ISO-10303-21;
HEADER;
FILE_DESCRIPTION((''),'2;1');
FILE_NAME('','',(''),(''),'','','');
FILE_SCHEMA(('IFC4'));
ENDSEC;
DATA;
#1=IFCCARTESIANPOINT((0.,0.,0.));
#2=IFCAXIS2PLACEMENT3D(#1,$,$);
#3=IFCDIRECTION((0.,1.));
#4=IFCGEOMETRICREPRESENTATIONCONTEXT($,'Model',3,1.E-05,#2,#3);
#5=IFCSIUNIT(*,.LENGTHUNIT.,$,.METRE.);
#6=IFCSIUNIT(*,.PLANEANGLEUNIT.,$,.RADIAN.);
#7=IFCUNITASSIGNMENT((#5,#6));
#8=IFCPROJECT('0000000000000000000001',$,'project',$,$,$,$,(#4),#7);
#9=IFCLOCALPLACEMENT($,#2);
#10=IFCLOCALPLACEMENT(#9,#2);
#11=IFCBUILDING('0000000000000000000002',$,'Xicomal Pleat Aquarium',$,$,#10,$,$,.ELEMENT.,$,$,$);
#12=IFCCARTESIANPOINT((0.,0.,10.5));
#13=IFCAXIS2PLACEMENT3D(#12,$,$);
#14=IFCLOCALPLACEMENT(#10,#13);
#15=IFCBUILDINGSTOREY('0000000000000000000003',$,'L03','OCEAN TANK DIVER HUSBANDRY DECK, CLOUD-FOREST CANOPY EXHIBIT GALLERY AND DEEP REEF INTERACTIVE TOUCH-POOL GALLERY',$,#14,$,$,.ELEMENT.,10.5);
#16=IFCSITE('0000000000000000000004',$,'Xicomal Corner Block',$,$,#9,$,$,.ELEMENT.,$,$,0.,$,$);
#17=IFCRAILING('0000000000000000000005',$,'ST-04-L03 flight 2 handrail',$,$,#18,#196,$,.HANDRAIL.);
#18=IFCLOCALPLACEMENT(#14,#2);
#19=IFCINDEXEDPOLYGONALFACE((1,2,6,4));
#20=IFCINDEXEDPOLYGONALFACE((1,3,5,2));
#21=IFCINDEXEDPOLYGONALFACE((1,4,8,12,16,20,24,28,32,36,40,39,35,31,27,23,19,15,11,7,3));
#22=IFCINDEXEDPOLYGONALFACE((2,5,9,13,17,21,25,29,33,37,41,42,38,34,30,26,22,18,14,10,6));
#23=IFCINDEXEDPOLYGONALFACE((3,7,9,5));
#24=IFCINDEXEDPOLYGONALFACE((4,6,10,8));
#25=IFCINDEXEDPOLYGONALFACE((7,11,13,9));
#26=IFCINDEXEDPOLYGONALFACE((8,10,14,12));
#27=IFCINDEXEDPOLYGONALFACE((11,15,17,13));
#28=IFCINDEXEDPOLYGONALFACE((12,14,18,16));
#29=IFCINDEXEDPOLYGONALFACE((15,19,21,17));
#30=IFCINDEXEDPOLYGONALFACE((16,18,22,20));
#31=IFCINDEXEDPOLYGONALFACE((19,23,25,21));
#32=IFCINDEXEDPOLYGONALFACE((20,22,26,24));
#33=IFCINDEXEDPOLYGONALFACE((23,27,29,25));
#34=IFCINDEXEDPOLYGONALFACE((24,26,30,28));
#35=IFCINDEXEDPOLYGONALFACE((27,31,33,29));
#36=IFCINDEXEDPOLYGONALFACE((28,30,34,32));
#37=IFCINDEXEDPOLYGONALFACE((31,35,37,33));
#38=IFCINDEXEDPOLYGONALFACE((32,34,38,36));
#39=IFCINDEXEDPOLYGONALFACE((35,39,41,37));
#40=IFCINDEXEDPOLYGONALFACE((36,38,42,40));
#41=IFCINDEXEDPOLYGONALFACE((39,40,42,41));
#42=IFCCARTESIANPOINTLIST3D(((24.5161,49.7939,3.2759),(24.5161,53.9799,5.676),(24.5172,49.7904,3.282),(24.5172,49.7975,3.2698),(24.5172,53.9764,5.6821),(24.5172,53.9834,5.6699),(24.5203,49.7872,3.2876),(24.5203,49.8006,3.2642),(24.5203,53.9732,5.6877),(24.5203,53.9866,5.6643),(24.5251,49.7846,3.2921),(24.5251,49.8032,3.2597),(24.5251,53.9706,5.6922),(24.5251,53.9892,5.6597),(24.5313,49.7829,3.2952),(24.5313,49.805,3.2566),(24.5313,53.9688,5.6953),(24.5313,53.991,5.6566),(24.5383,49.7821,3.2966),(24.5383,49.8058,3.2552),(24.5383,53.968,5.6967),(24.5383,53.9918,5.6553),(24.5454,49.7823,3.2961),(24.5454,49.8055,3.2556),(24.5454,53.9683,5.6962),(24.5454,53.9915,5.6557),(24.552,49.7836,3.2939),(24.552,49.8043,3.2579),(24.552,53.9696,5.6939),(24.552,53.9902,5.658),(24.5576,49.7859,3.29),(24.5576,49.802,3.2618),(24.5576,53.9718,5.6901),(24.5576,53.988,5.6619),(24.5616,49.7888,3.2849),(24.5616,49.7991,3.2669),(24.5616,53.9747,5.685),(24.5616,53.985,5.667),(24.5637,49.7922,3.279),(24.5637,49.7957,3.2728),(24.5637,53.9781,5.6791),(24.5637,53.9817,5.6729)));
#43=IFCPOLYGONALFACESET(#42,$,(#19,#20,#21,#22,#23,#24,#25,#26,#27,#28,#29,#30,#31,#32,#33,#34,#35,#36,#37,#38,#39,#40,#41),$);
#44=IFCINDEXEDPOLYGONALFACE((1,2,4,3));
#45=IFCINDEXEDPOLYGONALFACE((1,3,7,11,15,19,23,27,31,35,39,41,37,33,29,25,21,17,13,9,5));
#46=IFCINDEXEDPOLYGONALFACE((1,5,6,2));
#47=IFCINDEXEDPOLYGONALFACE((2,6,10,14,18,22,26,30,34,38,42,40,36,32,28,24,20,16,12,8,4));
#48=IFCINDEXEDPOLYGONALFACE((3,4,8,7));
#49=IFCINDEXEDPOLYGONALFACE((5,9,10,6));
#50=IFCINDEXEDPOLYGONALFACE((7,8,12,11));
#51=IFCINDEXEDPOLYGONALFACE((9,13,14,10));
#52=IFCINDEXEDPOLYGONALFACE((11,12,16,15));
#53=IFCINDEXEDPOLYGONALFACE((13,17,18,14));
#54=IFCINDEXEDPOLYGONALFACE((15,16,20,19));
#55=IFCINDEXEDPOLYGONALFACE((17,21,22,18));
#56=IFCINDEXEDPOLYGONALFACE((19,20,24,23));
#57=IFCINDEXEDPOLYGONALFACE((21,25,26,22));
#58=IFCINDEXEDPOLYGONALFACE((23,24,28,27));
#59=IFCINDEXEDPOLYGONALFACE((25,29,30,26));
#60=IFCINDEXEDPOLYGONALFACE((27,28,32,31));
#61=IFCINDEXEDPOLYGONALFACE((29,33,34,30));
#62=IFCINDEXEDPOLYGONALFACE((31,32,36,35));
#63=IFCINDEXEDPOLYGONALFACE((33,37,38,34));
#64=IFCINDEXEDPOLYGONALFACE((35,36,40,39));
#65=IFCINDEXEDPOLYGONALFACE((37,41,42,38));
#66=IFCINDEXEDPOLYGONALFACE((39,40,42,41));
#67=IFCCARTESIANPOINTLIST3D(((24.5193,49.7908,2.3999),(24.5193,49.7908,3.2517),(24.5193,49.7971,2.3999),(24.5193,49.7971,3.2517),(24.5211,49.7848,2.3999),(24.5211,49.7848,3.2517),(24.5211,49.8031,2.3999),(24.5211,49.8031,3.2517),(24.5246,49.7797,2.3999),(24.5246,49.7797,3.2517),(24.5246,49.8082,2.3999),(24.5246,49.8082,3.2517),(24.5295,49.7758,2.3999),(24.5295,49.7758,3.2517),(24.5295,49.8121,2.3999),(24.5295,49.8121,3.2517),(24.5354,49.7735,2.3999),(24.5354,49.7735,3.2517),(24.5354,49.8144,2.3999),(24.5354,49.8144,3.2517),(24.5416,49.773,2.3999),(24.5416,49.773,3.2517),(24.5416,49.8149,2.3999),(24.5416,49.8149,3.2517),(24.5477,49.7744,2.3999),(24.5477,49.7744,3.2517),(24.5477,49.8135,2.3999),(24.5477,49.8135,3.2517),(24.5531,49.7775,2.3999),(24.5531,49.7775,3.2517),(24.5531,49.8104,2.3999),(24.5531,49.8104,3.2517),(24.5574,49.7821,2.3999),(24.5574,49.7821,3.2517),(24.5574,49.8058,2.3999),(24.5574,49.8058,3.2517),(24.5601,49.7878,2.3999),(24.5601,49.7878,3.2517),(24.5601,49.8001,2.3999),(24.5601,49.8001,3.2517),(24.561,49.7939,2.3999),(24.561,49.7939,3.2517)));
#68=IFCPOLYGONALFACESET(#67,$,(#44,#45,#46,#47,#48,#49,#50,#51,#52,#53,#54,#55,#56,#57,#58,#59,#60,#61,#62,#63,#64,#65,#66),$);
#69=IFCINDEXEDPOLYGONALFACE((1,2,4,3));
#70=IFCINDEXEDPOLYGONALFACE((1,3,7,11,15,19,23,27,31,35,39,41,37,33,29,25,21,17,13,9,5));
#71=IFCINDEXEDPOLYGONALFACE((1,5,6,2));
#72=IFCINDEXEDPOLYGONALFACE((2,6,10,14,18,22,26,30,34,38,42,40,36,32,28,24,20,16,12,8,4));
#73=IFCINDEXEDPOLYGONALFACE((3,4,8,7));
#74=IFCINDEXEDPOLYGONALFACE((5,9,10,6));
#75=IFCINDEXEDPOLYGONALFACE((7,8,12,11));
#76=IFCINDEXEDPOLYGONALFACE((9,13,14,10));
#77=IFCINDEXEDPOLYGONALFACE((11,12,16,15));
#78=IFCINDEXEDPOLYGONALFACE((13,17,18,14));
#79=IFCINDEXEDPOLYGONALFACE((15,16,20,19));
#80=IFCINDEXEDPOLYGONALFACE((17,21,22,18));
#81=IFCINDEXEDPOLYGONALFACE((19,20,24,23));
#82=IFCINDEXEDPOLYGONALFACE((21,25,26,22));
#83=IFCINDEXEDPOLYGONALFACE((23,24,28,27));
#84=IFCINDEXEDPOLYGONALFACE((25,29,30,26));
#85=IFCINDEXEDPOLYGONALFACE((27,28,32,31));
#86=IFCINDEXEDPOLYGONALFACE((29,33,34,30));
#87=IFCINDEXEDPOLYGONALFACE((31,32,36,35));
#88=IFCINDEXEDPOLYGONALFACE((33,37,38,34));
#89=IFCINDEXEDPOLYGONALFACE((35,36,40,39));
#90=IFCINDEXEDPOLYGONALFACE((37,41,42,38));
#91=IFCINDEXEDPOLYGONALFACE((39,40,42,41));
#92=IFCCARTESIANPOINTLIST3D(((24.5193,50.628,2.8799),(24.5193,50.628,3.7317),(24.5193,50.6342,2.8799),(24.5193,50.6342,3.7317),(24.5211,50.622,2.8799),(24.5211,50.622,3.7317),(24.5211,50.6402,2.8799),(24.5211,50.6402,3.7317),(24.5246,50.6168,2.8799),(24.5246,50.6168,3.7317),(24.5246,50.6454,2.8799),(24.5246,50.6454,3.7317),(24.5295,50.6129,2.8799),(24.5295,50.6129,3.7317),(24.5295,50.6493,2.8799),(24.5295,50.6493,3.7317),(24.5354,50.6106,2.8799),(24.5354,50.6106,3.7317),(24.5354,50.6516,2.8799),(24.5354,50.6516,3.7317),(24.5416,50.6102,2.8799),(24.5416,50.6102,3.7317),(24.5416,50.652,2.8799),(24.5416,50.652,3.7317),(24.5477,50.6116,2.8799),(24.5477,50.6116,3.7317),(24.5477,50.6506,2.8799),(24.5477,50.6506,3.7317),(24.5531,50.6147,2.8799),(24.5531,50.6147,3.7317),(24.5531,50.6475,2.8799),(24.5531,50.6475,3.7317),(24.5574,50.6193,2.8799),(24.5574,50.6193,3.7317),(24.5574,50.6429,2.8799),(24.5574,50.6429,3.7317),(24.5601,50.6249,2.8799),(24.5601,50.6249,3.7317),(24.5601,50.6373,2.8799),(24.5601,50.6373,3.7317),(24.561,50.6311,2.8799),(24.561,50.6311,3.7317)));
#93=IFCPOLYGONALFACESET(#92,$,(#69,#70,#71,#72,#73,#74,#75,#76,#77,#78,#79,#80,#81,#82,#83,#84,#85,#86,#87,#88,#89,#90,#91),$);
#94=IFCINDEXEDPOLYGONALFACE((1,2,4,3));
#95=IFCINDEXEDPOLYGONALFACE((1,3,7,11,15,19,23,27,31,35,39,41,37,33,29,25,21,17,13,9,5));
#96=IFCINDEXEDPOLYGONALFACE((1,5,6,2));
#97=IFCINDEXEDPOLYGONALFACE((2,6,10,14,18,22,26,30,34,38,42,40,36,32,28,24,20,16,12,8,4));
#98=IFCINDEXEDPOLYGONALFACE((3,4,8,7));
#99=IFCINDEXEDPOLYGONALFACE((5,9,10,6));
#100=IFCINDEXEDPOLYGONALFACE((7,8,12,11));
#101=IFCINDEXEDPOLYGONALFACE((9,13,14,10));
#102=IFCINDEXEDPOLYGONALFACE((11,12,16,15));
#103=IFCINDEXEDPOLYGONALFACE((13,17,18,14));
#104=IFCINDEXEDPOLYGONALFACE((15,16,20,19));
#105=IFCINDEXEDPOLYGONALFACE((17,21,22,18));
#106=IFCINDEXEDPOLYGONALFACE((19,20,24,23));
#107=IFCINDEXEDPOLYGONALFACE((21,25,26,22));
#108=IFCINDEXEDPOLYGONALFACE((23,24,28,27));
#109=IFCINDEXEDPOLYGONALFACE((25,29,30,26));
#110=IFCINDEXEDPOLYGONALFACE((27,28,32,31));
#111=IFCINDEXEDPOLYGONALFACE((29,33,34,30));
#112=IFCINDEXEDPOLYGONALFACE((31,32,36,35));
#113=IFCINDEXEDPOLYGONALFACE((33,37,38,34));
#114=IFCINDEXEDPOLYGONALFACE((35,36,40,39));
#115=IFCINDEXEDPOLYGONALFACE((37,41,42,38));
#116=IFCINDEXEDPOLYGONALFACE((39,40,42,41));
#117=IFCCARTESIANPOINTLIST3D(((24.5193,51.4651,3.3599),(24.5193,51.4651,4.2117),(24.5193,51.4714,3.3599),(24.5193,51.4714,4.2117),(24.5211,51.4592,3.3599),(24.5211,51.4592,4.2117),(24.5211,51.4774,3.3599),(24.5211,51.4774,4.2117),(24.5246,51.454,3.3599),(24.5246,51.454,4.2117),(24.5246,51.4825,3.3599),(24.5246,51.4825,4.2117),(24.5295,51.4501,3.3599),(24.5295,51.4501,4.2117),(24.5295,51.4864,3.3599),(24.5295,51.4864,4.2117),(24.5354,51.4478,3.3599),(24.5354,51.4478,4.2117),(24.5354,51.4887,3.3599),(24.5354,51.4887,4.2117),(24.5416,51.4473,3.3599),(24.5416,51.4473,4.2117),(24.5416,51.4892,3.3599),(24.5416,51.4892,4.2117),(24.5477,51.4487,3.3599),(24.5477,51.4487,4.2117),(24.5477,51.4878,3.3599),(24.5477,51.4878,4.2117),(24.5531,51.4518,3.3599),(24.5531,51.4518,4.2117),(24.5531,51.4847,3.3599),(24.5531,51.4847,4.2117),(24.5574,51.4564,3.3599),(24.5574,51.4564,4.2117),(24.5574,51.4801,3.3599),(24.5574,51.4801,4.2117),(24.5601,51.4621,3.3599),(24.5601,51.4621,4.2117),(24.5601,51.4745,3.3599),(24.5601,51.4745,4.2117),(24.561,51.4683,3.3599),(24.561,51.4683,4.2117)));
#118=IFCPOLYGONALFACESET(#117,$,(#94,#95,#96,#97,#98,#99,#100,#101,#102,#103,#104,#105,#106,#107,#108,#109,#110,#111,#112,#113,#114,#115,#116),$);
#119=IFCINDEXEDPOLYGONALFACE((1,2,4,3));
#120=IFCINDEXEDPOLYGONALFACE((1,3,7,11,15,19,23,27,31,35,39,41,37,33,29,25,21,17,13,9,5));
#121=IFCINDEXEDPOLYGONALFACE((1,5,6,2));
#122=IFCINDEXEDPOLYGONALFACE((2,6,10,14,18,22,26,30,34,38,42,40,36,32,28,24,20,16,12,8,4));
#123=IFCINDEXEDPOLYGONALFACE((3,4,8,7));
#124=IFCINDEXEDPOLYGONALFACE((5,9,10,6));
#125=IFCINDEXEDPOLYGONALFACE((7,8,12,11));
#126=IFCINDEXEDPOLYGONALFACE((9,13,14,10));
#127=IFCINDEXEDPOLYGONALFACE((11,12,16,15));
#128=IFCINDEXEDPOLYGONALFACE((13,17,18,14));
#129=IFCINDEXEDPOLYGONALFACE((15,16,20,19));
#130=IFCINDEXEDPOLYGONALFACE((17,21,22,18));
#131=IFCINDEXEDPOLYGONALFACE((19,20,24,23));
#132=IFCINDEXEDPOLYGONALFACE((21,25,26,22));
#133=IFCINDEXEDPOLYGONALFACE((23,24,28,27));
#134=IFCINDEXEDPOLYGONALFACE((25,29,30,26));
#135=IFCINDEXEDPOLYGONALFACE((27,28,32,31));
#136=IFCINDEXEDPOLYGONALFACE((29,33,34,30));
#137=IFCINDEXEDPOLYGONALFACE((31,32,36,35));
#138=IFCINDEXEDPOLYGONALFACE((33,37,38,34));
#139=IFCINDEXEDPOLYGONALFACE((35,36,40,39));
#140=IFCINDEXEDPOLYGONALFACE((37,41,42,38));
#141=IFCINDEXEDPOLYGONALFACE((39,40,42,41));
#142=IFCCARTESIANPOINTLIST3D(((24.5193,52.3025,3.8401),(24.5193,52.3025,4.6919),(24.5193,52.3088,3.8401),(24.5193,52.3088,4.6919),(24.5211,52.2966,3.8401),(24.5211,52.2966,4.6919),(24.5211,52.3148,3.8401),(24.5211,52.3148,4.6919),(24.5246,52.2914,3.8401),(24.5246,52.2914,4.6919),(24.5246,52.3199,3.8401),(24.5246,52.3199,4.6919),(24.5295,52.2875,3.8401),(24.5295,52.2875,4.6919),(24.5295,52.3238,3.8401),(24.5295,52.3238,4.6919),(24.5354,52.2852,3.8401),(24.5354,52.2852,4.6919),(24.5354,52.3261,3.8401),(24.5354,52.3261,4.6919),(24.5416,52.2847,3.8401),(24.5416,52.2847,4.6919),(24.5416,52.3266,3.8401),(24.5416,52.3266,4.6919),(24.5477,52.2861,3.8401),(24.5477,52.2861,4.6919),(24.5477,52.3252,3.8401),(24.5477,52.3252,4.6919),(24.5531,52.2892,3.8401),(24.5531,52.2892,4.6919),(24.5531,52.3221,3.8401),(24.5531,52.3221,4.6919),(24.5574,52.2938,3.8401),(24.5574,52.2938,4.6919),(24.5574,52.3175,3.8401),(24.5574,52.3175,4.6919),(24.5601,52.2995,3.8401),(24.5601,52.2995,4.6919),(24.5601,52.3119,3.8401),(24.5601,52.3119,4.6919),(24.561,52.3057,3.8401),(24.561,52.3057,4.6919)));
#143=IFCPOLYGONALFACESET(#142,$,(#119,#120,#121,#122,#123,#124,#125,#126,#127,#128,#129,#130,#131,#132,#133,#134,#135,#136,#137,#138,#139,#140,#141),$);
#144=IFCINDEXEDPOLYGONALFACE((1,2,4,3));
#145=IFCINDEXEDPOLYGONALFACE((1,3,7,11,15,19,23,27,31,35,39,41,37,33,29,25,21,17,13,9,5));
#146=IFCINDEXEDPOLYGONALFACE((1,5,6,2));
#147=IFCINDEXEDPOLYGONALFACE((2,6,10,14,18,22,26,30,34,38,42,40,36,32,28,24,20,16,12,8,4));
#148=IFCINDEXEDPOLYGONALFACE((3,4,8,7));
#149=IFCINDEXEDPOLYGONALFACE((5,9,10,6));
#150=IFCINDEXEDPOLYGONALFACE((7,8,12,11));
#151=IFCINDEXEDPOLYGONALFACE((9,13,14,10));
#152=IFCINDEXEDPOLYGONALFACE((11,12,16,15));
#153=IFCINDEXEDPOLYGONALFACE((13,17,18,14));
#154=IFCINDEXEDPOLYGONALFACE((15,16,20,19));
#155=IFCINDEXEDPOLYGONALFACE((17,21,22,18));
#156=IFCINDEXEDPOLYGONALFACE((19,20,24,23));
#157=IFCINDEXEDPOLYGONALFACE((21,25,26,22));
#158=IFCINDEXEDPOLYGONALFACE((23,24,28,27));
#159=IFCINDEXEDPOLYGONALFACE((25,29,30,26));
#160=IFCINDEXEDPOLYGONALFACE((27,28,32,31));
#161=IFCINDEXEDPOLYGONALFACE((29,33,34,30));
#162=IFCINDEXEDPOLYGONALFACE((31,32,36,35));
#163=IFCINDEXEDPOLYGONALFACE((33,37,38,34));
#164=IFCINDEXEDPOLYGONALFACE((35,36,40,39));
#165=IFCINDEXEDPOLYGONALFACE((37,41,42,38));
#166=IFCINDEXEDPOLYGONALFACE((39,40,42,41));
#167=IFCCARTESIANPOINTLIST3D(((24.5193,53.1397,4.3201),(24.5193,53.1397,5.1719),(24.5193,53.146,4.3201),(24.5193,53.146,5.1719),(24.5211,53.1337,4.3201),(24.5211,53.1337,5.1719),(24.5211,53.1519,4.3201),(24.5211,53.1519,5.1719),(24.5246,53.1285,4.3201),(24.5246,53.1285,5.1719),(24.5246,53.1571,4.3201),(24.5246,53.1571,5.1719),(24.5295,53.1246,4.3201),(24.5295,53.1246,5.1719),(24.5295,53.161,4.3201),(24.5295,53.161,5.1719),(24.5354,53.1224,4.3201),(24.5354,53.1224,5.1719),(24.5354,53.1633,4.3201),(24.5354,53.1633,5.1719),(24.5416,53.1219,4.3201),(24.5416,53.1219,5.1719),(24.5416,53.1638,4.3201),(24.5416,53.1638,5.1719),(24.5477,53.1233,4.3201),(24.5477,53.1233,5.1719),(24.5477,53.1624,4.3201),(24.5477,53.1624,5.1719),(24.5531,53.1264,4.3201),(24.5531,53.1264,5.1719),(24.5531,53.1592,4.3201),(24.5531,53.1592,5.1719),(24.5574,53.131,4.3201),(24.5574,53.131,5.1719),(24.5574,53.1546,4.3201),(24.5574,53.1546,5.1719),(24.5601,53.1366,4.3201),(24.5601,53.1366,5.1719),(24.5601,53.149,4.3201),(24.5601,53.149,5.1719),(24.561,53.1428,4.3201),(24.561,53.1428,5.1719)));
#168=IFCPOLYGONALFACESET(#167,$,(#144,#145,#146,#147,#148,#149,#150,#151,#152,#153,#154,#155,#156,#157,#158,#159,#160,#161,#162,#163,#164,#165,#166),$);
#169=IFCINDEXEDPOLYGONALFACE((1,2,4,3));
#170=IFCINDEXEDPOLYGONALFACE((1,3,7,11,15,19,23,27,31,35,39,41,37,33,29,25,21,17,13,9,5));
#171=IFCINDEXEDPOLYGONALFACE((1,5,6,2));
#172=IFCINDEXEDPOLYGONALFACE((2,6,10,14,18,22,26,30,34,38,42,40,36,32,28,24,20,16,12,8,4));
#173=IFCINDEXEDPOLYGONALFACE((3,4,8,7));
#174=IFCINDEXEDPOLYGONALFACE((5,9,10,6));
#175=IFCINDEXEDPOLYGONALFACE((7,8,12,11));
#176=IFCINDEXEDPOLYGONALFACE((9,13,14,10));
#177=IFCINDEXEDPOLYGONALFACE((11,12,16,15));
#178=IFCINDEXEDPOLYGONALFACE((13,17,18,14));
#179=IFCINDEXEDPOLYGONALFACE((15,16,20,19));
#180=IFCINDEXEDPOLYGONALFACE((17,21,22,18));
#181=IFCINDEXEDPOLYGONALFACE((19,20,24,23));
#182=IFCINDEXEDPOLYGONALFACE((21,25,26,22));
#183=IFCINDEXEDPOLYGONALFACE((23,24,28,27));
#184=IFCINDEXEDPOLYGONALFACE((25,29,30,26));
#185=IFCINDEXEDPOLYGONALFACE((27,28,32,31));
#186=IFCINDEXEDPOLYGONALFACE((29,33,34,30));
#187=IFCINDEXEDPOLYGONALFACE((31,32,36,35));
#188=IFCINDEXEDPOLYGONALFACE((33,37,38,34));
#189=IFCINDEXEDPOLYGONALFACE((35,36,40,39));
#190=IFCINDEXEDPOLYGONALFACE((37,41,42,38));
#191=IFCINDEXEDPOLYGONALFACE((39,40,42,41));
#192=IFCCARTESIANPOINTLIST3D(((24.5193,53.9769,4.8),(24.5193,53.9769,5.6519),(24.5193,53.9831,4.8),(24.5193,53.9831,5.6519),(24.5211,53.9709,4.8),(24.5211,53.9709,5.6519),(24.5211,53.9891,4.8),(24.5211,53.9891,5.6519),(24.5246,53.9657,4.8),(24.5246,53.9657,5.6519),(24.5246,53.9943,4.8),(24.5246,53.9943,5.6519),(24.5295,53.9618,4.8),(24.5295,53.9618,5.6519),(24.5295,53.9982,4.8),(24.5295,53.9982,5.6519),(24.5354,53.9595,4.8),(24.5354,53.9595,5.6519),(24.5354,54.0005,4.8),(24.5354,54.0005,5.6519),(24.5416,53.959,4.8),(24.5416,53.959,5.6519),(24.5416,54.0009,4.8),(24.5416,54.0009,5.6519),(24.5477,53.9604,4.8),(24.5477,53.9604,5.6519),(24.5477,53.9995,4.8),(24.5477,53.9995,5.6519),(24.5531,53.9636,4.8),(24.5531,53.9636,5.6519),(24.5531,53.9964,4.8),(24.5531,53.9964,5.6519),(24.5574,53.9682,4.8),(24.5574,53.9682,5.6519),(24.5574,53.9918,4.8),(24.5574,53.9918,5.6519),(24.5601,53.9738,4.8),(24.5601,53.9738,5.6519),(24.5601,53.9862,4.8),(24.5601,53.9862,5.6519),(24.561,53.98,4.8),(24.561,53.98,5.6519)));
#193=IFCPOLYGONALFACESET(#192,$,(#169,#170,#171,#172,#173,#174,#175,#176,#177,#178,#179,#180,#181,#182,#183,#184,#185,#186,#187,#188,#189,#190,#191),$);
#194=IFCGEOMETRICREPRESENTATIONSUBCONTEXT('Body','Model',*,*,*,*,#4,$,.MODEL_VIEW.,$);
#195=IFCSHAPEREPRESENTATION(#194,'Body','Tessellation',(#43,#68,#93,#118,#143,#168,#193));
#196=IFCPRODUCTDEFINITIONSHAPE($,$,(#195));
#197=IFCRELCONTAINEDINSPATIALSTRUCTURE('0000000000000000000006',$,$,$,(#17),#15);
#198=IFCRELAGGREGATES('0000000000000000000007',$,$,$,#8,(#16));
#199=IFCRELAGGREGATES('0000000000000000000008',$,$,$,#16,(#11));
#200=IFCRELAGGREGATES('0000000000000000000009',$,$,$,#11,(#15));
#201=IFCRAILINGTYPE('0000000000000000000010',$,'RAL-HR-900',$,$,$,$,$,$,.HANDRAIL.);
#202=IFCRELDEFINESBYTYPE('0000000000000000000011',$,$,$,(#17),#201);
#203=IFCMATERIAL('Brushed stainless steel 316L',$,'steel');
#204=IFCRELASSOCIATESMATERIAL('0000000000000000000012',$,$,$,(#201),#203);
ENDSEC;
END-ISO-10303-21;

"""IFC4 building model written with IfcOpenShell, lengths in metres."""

from ifc_helpers import new_model, si_unit, direction, frame, origin, origin_2d, place, context, subcontext, project, spatial, circle, extrude, material, type_object, element, save


model = new_model("IFC4")

# Units and contexts
model_context = context("Model", 3, precision=1e-05, world=origin(), true_north=direction((0.0, 1.0)))
body_context = subcontext(model_context, "Body", "Model", "MODEL_VIEW")
ifc_project = project(units=[si_unit("LENGTHUNIT", "METRE"), si_unit("PLANEANGLEUNIT", "RADIAN")], contexts=[model_context])

# Site, building, storey
site_placement = place(None, origin())
site = spatial("IfcSite", under=ifc_project, at=site_placement, Name="Xicomal Corner Block", CompositionType="ELEMENT", RefElevation=0.0)
building_placement = place(site_placement, origin())
building = spatial("IfcBuilding", under=site, at=building_placement, Name="Xicomal Pleat Aquarium", CompositionType="ELEMENT")
storey_placement = place(building_placement, frame((0.0, 0.0, 10.5)))
storey = spatial("IfcBuildingStorey", under=building, at=storey_placement, Name="L03", Description="OCEAN TANK DIVER HUSBANDRY DECK, CLOUD-FOREST CANOPY EXHIBIT GALLERY AND DEEP REEF INTERACTIVE TOUCH-POOL GALLERY", CompositionType="ELEMENT", Elevation=10.5)

# Railing
ifc_material_1 = material(Name="Brushed stainless steel 316L", Category="steel")
railing_type = type_object("IfcRailingType", Name="RAL-HR-900", PredefinedType="HANDRAIL", material=ifc_material_1)
railing_placement = place(storey_placement, frame((24.54, 49.7939, 2.3999)))
element("IfcRailing", 1, at=railing_placement, inside=storey, type_object=railing_type, Name="ST-04-L03 flight 2 handrail", PredefinedType="HANDRAIL", context=body_context, shape_type="SweptSolid", body=[
    extrude(circle(Radius=0.0239, at=origin_2d()), frame((0.0, 0.0, 0.876), z_axis=(0.0, 0.867517, 0.497408), x_axis=(-1.0, 0.0, 0.0)), (0.0, 0.0, 1.0), 4.8252),
    extrude(circle(Radius=0.021, at=origin_2d()), origin(), (0.0, 0.0, 1.0), 0.8518),
    extrude(circle(Radius=0.021, at=origin_2d()), frame((0.0, 0.8372, 0.48)), (0.0, 0.0, 1.0), 0.8518),
    extrude(circle(Radius=0.021, at=origin_2d()), frame((0.0, 1.6743, 0.96)), (0.0, 0.0, 1.0), 0.8518),
    extrude(circle(Radius=0.021, at=origin_2d()), frame((0.0, 2.5117, 1.4402)), (0.0, 0.0, 1.0), 0.8518),
    extrude(circle(Radius=0.021, at=origin_2d()), frame((0.0, 3.3489, 1.9202)), (0.0, 0.0, 1.0), 0.8518),
    extrude(circle(Radius=0.021, at=origin_2d()), frame((0.0, 4.186, 2.4001)), (0.0, 0.0, 1.0), 0.8518),
])

save(model, "model.ifc")
